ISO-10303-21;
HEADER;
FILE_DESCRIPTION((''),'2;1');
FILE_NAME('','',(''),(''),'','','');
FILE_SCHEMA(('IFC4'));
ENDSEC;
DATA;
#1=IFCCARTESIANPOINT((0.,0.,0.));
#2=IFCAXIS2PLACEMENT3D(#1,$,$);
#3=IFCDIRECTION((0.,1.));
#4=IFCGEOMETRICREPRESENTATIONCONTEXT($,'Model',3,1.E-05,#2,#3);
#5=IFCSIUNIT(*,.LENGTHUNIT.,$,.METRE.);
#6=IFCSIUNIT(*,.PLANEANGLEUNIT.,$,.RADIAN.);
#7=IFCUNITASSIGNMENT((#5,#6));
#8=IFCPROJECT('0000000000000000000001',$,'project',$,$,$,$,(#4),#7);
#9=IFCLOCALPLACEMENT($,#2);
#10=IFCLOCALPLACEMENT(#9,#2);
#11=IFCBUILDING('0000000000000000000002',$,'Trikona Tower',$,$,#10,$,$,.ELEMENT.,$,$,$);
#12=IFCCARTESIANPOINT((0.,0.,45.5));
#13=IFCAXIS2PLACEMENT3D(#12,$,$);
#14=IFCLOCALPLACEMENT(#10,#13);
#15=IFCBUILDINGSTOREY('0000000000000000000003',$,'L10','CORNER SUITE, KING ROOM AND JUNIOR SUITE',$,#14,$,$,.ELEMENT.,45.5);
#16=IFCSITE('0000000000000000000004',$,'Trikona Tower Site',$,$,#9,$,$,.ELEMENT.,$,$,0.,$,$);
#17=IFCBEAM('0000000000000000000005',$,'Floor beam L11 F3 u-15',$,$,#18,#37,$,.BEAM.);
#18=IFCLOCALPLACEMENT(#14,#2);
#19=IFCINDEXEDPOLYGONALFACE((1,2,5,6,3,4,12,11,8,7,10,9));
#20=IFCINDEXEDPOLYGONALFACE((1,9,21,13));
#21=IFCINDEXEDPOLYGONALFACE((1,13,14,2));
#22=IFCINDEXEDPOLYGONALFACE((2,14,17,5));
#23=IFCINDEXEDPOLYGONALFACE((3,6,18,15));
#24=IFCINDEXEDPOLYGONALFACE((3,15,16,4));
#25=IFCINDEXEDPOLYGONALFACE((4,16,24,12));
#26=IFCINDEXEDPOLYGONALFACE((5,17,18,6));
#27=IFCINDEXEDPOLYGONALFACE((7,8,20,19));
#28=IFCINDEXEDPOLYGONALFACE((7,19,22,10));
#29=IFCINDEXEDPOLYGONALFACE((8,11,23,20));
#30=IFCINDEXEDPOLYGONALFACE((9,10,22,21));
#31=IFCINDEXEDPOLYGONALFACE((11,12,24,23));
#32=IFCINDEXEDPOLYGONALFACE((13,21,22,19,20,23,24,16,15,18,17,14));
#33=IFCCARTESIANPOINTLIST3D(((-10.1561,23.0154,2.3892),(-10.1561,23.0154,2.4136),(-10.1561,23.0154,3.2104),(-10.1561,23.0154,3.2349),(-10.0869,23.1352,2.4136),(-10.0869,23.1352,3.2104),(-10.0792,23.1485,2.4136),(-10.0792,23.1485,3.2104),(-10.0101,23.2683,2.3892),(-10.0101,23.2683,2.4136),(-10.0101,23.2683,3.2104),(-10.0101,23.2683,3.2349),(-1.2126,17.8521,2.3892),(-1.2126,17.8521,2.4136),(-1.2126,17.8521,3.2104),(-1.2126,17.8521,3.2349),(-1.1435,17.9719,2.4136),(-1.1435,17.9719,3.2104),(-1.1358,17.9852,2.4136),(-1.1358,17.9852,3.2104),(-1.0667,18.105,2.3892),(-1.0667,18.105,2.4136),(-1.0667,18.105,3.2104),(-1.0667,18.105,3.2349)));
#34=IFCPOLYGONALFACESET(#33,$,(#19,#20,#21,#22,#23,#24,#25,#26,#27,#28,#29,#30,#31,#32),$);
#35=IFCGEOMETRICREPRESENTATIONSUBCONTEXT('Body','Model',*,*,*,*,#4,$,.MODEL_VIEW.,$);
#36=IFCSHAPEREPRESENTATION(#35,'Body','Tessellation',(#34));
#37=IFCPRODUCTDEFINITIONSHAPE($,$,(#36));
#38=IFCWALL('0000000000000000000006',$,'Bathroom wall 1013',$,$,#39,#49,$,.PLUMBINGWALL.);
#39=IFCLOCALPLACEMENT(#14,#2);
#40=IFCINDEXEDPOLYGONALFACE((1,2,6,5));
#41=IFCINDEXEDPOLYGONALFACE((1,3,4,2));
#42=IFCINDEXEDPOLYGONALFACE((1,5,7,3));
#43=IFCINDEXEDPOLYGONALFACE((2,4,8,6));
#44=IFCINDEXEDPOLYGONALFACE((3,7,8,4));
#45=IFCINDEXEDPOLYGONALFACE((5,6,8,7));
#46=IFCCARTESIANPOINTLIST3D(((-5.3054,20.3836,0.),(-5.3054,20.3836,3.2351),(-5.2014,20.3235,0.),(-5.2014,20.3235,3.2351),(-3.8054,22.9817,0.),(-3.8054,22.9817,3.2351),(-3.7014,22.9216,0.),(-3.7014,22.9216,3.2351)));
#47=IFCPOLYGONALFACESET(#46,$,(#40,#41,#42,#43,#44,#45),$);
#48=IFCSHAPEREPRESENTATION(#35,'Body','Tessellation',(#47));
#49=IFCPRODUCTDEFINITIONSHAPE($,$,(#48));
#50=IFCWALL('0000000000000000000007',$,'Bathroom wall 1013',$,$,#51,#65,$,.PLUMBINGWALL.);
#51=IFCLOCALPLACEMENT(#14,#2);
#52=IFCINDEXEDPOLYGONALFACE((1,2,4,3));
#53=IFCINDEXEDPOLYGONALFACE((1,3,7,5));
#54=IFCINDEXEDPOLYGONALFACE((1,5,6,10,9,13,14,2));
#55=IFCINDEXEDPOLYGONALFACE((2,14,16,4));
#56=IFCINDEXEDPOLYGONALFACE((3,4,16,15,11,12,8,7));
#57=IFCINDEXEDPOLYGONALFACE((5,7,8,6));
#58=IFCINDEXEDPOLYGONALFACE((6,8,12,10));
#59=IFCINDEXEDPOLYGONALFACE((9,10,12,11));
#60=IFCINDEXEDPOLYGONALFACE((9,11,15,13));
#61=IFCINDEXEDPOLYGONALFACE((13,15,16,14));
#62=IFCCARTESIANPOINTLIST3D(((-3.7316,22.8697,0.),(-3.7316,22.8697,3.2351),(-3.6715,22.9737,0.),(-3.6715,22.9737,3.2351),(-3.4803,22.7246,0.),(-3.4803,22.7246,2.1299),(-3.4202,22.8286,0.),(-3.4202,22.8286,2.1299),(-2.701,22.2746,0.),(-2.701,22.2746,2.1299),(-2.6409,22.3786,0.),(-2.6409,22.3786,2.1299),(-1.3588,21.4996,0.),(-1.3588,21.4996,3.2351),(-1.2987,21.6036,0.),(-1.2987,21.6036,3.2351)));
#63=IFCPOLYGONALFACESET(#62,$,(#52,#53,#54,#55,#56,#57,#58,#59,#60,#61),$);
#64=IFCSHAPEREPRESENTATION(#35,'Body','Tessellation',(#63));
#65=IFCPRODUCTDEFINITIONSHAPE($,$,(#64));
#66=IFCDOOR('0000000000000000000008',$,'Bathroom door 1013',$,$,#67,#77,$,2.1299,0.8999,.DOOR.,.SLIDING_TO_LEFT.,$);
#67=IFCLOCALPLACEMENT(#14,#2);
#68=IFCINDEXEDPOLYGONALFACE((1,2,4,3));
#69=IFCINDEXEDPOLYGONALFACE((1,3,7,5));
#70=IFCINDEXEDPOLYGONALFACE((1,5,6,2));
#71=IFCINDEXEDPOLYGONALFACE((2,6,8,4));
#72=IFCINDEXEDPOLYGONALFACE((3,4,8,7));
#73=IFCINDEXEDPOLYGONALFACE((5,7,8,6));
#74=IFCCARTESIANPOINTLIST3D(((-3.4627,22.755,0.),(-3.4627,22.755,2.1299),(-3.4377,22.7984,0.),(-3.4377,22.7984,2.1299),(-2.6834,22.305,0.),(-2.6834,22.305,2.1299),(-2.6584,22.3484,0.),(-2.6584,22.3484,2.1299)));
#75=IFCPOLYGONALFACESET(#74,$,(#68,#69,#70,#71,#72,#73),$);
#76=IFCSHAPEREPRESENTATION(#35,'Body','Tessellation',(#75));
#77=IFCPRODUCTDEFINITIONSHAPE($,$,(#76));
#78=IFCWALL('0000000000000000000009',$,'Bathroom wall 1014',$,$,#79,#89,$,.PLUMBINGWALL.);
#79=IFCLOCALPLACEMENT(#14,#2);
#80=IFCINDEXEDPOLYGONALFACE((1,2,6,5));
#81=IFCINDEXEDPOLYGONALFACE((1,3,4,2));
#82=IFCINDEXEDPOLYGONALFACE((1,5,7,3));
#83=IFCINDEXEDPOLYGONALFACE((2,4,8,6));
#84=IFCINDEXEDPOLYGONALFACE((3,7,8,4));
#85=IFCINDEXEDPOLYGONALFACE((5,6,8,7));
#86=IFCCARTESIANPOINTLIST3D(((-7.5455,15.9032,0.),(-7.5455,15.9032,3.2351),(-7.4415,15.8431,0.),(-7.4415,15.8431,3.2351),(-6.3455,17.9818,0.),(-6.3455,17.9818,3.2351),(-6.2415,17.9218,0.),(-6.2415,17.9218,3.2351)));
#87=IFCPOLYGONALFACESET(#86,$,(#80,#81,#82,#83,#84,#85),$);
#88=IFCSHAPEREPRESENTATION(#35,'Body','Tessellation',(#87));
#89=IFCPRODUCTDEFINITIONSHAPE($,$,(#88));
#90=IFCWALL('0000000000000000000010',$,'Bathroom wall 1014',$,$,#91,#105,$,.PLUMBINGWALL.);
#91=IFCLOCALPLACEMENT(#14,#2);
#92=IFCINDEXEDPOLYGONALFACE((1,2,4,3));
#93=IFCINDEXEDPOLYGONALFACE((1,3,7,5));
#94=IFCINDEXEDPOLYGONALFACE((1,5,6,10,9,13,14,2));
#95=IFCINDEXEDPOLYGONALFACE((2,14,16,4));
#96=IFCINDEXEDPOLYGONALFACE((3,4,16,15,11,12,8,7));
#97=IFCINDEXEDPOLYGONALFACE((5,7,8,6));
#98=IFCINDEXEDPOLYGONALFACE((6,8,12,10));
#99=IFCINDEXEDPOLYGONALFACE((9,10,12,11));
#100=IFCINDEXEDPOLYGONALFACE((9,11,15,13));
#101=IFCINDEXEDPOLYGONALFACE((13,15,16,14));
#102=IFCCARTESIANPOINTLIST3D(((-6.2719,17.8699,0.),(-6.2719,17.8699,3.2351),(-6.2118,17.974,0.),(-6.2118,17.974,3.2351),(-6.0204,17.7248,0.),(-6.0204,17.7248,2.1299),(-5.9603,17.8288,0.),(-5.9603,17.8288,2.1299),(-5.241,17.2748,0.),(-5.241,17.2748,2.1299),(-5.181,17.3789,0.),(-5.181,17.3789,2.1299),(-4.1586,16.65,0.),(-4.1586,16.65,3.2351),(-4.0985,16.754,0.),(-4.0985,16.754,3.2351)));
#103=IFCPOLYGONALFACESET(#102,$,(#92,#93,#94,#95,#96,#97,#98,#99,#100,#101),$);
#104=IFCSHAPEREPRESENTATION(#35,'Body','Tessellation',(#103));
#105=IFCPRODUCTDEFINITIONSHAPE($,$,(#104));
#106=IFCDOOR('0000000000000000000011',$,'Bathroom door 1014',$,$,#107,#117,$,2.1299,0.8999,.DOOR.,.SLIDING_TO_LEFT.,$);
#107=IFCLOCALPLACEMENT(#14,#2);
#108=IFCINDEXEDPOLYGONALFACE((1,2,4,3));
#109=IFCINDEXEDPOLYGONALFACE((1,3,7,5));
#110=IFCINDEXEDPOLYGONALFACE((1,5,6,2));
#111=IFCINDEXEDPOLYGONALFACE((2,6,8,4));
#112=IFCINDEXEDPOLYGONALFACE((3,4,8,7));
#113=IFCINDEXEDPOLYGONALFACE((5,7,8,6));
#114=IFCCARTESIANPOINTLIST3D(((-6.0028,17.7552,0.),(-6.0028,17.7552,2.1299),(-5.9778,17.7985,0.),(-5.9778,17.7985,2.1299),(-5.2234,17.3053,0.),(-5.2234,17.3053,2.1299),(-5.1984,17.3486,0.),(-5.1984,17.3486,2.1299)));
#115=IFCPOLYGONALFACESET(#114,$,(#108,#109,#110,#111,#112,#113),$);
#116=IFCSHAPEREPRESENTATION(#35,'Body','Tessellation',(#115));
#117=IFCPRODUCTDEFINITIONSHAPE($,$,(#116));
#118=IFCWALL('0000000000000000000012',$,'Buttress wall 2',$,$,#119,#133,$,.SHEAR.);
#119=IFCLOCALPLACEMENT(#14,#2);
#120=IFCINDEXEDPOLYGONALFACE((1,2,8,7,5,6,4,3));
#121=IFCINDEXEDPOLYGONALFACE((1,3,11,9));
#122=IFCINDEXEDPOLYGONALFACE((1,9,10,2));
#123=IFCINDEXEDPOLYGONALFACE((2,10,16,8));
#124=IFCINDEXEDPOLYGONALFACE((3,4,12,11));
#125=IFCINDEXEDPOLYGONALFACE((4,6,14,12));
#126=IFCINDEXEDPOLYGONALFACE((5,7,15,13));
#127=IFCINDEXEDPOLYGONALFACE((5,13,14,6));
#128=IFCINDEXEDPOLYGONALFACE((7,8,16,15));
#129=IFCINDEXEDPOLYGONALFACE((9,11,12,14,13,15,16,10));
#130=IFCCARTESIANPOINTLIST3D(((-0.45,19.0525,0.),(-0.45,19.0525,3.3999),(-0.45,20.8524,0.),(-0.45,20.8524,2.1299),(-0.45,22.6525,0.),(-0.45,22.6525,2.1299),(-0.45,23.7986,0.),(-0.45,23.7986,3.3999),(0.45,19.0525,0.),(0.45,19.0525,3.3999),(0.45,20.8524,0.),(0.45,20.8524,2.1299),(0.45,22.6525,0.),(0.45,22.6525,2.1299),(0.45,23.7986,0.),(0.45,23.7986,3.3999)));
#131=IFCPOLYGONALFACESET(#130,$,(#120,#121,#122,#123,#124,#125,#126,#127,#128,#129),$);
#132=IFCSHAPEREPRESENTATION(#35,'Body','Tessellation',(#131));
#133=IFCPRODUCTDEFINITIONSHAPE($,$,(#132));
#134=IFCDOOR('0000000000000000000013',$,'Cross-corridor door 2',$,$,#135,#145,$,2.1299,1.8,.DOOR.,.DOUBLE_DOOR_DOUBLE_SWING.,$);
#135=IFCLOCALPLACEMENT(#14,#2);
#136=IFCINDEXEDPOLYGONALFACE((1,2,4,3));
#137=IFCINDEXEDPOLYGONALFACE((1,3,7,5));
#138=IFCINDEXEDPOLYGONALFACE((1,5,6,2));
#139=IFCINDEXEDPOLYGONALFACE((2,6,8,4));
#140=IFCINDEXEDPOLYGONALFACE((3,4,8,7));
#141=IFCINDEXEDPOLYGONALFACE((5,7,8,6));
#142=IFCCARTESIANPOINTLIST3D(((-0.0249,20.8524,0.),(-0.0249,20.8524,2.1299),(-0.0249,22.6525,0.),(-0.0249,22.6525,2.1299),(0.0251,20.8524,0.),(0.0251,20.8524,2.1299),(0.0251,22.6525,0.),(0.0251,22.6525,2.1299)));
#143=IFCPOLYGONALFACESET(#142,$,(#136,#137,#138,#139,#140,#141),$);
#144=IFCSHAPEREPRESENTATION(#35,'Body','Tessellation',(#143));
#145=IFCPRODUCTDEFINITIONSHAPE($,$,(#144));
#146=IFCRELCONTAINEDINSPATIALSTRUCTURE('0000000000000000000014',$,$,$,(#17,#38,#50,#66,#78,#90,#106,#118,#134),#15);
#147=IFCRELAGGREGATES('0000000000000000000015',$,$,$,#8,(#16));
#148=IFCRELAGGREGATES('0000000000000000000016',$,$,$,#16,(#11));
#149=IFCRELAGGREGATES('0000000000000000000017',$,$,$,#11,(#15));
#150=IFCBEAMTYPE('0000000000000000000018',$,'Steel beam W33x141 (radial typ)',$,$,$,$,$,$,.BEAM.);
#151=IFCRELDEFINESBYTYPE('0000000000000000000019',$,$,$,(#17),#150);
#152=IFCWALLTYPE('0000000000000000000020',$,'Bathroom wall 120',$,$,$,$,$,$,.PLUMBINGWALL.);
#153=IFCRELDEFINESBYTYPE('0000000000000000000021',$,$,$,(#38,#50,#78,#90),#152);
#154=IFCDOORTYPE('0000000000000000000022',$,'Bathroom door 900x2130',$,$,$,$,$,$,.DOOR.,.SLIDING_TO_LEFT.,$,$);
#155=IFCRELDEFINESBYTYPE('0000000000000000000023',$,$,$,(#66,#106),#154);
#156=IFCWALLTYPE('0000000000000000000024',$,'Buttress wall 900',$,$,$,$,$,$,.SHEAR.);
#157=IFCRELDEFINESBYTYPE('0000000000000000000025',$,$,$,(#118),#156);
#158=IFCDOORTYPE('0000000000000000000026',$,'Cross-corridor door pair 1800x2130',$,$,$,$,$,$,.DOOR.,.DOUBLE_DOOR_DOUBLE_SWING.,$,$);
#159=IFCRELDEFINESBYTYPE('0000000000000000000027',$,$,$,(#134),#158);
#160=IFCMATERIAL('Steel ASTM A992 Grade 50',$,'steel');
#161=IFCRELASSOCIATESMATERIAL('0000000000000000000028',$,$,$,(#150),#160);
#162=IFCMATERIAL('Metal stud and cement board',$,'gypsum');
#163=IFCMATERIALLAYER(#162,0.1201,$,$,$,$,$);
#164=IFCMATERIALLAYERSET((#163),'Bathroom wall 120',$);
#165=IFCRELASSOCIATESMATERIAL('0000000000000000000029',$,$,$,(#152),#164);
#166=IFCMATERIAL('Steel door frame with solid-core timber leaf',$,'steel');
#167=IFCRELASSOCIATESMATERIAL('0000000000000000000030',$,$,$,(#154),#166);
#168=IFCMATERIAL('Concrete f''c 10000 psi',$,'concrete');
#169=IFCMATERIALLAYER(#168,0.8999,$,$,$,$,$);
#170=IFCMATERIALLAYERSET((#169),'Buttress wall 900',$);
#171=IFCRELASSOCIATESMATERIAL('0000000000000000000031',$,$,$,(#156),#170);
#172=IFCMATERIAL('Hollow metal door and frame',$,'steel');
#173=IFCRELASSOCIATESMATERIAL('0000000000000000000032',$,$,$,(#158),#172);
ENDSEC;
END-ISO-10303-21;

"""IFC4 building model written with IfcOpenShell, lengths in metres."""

from ifc_helpers import new_model, si_unit, direction, frame, frame_2d, origin, origin_2d, place, context, subcontext, project, spatial, rectangle, i_section, extrude, material, layer, layer_set, material_profile, profile_set, type_object, element, fill, save


model = new_model("IFC4")

# Units and contexts
model_context = context("Model", 3, precision=1e-05, world=origin(), true_north=direction((0.0, 1.0)))
body_context = subcontext(model_context, "Body", "Model", "MODEL_VIEW")
ifc_project = project(units=[si_unit("LENGTHUNIT", "METRE"), si_unit("PLANEANGLEUNIT", "RADIAN")], contexts=[model_context])

# Site, building, storey
site_placement = place(None, origin())
site = spatial("IfcSite", under=ifc_project, at=site_placement, Name="Trikona Tower Site", CompositionType="ELEMENT", RefElevation=0.0)
building_placement = place(site_placement, origin())
building = spatial("IfcBuilding", under=site, at=building_placement, Name="Trikona Tower", CompositionType="ELEMENT")
storey_placement = place(building_placement, frame((0.0, 0.0, 45.5)))
storey = spatial("IfcBuildingStorey", under=building, at=storey_placement, Name="L10", Description="CORNER SUITE, KING ROOM AND JUNIOR SUITE", CompositionType="ELEMENT", Elevation=45.5)

# Beam
ifc_material_1 = material(Name="Steel ASTM A992 Grade 50", Category="steel")
ifc_material_profile = material_profile(ifc_material_1, i_section(OverallWidth=0.292, OverallDepth=0.8457, WebThickness=0.0154, FlangeThickness=0.0244, at=origin_2d()), Name="W33X141")
ifc_profile_set = profile_set([ifc_material_profile], Name="Steel ASTM A992 Grade 50")
beam_type = type_object("IfcBeamType", Name="Steel beam W33x141 (radial typ)", PredefinedType="BEAM", material=ifc_profile_set)
beam_placement = place(storey_placement, frame((-1.1396, 17.9785, 2.812), z_axis=(-0.86603, 0.499991, 0.0), x_axis=(-0.499991, -0.86603, 0.0)))
element("IfcBeam", 1, at=beam_placement, inside=storey, type_object=beam_type, Name="Floor beam L11 F3 u-15", PredefinedType="BEAM", context=body_context, shape_type="SweptSolid", body=[
    extrude(i_section(OverallWidth=0.292, OverallDepth=0.8457, WebThickness=0.0154, FlangeThickness=0.0244, at=origin_2d()), origin(), (0.0, 0.0, 1.0), 10.3269),
])

# Wall
ifc_material_2 = material(Name="Metal stud and cement board", Category="gypsum")
ifc_layer_1 = layer(ifc_material_2, 0.1201)
ifc_layer_set_1 = layer_set([ifc_layer_1], Name="Bathroom wall 120")
wall_type_1 = type_object("IfcWallType", Name="Bathroom wall 120", PredefinedType="PLUMBINGWALL", material=ifc_layer_set_1)
wall_1_placement = place(storey_placement, frame((-3.7534, 22.9517, 0.0), z_axis=(0.0, 0.0, 1.0), x_axis=(-0.49999, -0.866031, 0.0)))
element("IfcWall", 2, at=wall_1_placement, inside=storey, type_object=wall_type_1, Name="Bathroom wall 1013", PredefinedType="PLUMBINGWALL", context=body_context, shape_type="SweptSolid", body=[
    extrude(rectangle(XDim=3.0, YDim=0.1201, at=frame_2d((1.5, 0.0))), origin(), (0.0, 0.0, 1.0), 3.2351),
])

# Wall, opening, door
wall_2_placement = place(storey_placement, frame((-1.3286, 21.5515, 0.0), z_axis=(0.0, 0.0, 1.0), x_axis=(-0.865997, 0.500049, 0.0)))
wall_2 = element("IfcWall", 3, at=wall_2_placement, inside=storey, type_object=wall_type_1, Name="Bathroom wall 1013", PredefinedType="PLUMBINGWALL", context=body_context, shape_type="SweptSolid", body=[
    extrude(rectangle(XDim=2.74, YDim=0.1201, at=frame_2d((1.3701, 0.0))), origin(), (0.0, 0.0, 1.0), 3.2351),
])
opening_1_placement = place(wall_2_placement, frame((1.55, 0.0, 0.0)))
opening_1 = element("IfcOpeningElement", 4, at=opening_1_placement, cuts=wall_2, PredefinedType="OPENING", context=body_context, shape_type="SweptSolid", body=[
    extrude(rectangle(XDim=0.8999, YDim=2.1299, at=frame_2d((0.45, 1.0649))), frame((0.0, 0.0701, 0.0), z_axis=(0.0, -1.0, 0.0), x_axis=(1.0, 0.0, 0.0)), (0.0, 0.0, 1.0), 0.1401),
])
ifc_material_3 = material(Name="Steel door frame with solid-core timber leaf", Category="steel")
door_type_1 = type_object("IfcDoorType", Name="Bathroom door 900x2130", OperationType="SLIDING_TO_LEFT", PredefinedType="DOOR", material=ifc_material_3)
door_1_placement = place(opening_1_placement, origin())
door_1 = element("IfcDoor", 5, at=door_1_placement, inside=storey, type_object=door_type_1, Name="Bathroom door 1013", OperationType="SLIDING_TO_LEFT", OverallHeight=2.1299, OverallWidth=0.8999, PredefinedType="DOOR", context=body_context, shape_type="SweptSolid", body=[
    extrude(rectangle(XDim=0.8999, YDim=2.1299, at=frame_2d((0.45, 1.0649))), frame((0.0, 0.0249, 0.0), z_axis=(0.0, -1.0, 0.0), x_axis=(1.0, 0.0, 0.0)), (0.0, 0.0, 1.0), 0.05),
])
fill(opening_1, door_1)

# Wall
wall_3_placement = place(storey_placement, frame((-6.2935, 17.9519, 0.0), z_axis=(0.0, 0.0, 1.0), x_axis=(-0.499957, -0.86605, 0.0)))
element("IfcWall", 6, at=wall_3_placement, inside=storey, type_object=wall_type_1, Name="Bathroom wall 1014", PredefinedType="PLUMBINGWALL", context=body_context, shape_type="SweptSolid", body=[
    extrude(rectangle(XDim=2.4001, YDim=0.1201, at=frame_2d((1.2002, 0.0))), origin(), (0.0, 0.0, 1.0), 3.2351),
])

# Walls, openings, doors
wall_4_placement = place(storey_placement, frame((-4.1284, 16.7019, 0.0), z_axis=(0.0, 0.0, 1.0), x_axis=(-0.866049, 0.499959, 0.0)))
wall_4 = element("IfcWall", 7, at=wall_4_placement, inside=storey, type_object=wall_type_1, Name="Bathroom wall 1014", PredefinedType="PLUMBINGWALL", context=body_context, shape_type="SweptSolid", body=[
    extrude(rectangle(XDim=2.4402, YDim=0.1201, at=frame_2d((1.2202, 0.0))), origin(), (0.0, 0.0, 1.0), 3.2351),
])
opening_2_placement = place(wall_4_placement, frame((1.25, 0.0, 0.0)))
opening_2 = element("IfcOpeningElement", 8, at=opening_2_placement, cuts=wall_4, PredefinedType="OPENING", context=body_context, shape_type="SweptSolid", body=[
    extrude(rectangle(XDim=0.8999, YDim=2.1299, at=frame_2d((0.45, 1.0649))), frame((0.0, 0.0701, 0.0), z_axis=(0.0, -1.0, 0.0), x_axis=(1.0, 0.0, 0.0)), (0.0, 0.0, 1.0), 0.1401),
])
door_2_placement = place(opening_2_placement, origin())
door_2 = element("IfcDoor", 9, at=door_2_placement, inside=storey, type_object=door_type_1, Name="Bathroom door 1014", OperationType="SLIDING_TO_LEFT", OverallHeight=2.1299, OverallWidth=0.8999, PredefinedType="DOOR", context=body_context, shape_type="SweptSolid", body=[
    extrude(rectangle(XDim=0.8999, YDim=2.1299, at=frame_2d((0.45, 1.0649))), frame((0.0, 0.0249, 0.0), z_axis=(0.0, -1.0, 0.0), x_axis=(1.0, 0.0, 0.0)), (0.0, 0.0, 1.0), 0.05),
])
fill(opening_2, door_2)
ifc_material_4 = material(Name="Concrete f'c 10000 psi", Category="concrete")
ifc_layer_2 = layer(ifc_material_4, 0.8999)
ifc_layer_set_2 = layer_set([ifc_layer_2], Name="Buttress wall 900")
wall_type_2 = type_object("IfcWallType", Name="Buttress wall 900", PredefinedType="SHEAR", material=ifc_layer_set_2)
wall_5_placement = place(storey_placement, frame((0.0, 19.0525, 0.0), z_axis=(0.0, 0.0, 1.0), x_axis=(0.0, 1.0, 0.0)))
wall_5 = element("IfcWall", 10, at=wall_5_placement, inside=storey, type_object=wall_type_2, Name="Buttress wall 2", PredefinedType="SHEAR", context=body_context, shape_type="SweptSolid", body=[
    extrude(rectangle(XDim=4.7461, YDim=0.8999, at=frame_2d((2.373, 0.0))), origin(), (0.0, 0.0, 1.0), 3.3999),
])
opening_3_placement = place(wall_5_placement, frame((1.8, 0.0, 0.0)))
opening_3 = element("IfcOpeningElement", 11, at=opening_3_placement, cuts=wall_5, PredefinedType="OPENING", context=body_context, shape_type="SweptSolid", body=[
    extrude(rectangle(XDim=1.8, YDim=2.1299, at=frame_2d((0.8999, 1.0649))), frame((0.0, 0.46, 0.0), z_axis=(0.0, -1.0, 0.0), x_axis=(1.0, 0.0, 0.0)), (0.0, 0.0, 1.0), 0.9199),
])
ifc_material_5 = material(Name="Hollow metal door and frame", Category="steel")
door_type_2 = type_object("IfcDoorType", Name="Cross-corridor door pair 1800x2130", OperationType="DOUBLE_DOOR_DOUBLE_SWING", PredefinedType="DOOR", material=ifc_material_5)
door_3_placement = place(opening_3_placement, origin())
door_3 = element("IfcDoor", 12, at=door_3_placement, inside=storey, type_object=door_type_2, Name="Cross-corridor door 2", OperationType="DOUBLE_DOOR_DOUBLE_SWING", OverallHeight=2.1299, OverallWidth=1.8, PredefinedType="DOOR", context=body_context, shape_type="SweptSolid", body=[
    extrude(rectangle(XDim=1.8, YDim=2.1299, at=frame_2d((0.8999, 1.0649))), frame((0.0, 0.0249, 0.0), z_axis=(0.0, -1.0, 0.0), x_axis=(1.0, 0.0, 0.0)), (0.0, 0.0, 1.0), 0.05),
])
fill(opening_3, door_3)

save(model, "model.ifc")
